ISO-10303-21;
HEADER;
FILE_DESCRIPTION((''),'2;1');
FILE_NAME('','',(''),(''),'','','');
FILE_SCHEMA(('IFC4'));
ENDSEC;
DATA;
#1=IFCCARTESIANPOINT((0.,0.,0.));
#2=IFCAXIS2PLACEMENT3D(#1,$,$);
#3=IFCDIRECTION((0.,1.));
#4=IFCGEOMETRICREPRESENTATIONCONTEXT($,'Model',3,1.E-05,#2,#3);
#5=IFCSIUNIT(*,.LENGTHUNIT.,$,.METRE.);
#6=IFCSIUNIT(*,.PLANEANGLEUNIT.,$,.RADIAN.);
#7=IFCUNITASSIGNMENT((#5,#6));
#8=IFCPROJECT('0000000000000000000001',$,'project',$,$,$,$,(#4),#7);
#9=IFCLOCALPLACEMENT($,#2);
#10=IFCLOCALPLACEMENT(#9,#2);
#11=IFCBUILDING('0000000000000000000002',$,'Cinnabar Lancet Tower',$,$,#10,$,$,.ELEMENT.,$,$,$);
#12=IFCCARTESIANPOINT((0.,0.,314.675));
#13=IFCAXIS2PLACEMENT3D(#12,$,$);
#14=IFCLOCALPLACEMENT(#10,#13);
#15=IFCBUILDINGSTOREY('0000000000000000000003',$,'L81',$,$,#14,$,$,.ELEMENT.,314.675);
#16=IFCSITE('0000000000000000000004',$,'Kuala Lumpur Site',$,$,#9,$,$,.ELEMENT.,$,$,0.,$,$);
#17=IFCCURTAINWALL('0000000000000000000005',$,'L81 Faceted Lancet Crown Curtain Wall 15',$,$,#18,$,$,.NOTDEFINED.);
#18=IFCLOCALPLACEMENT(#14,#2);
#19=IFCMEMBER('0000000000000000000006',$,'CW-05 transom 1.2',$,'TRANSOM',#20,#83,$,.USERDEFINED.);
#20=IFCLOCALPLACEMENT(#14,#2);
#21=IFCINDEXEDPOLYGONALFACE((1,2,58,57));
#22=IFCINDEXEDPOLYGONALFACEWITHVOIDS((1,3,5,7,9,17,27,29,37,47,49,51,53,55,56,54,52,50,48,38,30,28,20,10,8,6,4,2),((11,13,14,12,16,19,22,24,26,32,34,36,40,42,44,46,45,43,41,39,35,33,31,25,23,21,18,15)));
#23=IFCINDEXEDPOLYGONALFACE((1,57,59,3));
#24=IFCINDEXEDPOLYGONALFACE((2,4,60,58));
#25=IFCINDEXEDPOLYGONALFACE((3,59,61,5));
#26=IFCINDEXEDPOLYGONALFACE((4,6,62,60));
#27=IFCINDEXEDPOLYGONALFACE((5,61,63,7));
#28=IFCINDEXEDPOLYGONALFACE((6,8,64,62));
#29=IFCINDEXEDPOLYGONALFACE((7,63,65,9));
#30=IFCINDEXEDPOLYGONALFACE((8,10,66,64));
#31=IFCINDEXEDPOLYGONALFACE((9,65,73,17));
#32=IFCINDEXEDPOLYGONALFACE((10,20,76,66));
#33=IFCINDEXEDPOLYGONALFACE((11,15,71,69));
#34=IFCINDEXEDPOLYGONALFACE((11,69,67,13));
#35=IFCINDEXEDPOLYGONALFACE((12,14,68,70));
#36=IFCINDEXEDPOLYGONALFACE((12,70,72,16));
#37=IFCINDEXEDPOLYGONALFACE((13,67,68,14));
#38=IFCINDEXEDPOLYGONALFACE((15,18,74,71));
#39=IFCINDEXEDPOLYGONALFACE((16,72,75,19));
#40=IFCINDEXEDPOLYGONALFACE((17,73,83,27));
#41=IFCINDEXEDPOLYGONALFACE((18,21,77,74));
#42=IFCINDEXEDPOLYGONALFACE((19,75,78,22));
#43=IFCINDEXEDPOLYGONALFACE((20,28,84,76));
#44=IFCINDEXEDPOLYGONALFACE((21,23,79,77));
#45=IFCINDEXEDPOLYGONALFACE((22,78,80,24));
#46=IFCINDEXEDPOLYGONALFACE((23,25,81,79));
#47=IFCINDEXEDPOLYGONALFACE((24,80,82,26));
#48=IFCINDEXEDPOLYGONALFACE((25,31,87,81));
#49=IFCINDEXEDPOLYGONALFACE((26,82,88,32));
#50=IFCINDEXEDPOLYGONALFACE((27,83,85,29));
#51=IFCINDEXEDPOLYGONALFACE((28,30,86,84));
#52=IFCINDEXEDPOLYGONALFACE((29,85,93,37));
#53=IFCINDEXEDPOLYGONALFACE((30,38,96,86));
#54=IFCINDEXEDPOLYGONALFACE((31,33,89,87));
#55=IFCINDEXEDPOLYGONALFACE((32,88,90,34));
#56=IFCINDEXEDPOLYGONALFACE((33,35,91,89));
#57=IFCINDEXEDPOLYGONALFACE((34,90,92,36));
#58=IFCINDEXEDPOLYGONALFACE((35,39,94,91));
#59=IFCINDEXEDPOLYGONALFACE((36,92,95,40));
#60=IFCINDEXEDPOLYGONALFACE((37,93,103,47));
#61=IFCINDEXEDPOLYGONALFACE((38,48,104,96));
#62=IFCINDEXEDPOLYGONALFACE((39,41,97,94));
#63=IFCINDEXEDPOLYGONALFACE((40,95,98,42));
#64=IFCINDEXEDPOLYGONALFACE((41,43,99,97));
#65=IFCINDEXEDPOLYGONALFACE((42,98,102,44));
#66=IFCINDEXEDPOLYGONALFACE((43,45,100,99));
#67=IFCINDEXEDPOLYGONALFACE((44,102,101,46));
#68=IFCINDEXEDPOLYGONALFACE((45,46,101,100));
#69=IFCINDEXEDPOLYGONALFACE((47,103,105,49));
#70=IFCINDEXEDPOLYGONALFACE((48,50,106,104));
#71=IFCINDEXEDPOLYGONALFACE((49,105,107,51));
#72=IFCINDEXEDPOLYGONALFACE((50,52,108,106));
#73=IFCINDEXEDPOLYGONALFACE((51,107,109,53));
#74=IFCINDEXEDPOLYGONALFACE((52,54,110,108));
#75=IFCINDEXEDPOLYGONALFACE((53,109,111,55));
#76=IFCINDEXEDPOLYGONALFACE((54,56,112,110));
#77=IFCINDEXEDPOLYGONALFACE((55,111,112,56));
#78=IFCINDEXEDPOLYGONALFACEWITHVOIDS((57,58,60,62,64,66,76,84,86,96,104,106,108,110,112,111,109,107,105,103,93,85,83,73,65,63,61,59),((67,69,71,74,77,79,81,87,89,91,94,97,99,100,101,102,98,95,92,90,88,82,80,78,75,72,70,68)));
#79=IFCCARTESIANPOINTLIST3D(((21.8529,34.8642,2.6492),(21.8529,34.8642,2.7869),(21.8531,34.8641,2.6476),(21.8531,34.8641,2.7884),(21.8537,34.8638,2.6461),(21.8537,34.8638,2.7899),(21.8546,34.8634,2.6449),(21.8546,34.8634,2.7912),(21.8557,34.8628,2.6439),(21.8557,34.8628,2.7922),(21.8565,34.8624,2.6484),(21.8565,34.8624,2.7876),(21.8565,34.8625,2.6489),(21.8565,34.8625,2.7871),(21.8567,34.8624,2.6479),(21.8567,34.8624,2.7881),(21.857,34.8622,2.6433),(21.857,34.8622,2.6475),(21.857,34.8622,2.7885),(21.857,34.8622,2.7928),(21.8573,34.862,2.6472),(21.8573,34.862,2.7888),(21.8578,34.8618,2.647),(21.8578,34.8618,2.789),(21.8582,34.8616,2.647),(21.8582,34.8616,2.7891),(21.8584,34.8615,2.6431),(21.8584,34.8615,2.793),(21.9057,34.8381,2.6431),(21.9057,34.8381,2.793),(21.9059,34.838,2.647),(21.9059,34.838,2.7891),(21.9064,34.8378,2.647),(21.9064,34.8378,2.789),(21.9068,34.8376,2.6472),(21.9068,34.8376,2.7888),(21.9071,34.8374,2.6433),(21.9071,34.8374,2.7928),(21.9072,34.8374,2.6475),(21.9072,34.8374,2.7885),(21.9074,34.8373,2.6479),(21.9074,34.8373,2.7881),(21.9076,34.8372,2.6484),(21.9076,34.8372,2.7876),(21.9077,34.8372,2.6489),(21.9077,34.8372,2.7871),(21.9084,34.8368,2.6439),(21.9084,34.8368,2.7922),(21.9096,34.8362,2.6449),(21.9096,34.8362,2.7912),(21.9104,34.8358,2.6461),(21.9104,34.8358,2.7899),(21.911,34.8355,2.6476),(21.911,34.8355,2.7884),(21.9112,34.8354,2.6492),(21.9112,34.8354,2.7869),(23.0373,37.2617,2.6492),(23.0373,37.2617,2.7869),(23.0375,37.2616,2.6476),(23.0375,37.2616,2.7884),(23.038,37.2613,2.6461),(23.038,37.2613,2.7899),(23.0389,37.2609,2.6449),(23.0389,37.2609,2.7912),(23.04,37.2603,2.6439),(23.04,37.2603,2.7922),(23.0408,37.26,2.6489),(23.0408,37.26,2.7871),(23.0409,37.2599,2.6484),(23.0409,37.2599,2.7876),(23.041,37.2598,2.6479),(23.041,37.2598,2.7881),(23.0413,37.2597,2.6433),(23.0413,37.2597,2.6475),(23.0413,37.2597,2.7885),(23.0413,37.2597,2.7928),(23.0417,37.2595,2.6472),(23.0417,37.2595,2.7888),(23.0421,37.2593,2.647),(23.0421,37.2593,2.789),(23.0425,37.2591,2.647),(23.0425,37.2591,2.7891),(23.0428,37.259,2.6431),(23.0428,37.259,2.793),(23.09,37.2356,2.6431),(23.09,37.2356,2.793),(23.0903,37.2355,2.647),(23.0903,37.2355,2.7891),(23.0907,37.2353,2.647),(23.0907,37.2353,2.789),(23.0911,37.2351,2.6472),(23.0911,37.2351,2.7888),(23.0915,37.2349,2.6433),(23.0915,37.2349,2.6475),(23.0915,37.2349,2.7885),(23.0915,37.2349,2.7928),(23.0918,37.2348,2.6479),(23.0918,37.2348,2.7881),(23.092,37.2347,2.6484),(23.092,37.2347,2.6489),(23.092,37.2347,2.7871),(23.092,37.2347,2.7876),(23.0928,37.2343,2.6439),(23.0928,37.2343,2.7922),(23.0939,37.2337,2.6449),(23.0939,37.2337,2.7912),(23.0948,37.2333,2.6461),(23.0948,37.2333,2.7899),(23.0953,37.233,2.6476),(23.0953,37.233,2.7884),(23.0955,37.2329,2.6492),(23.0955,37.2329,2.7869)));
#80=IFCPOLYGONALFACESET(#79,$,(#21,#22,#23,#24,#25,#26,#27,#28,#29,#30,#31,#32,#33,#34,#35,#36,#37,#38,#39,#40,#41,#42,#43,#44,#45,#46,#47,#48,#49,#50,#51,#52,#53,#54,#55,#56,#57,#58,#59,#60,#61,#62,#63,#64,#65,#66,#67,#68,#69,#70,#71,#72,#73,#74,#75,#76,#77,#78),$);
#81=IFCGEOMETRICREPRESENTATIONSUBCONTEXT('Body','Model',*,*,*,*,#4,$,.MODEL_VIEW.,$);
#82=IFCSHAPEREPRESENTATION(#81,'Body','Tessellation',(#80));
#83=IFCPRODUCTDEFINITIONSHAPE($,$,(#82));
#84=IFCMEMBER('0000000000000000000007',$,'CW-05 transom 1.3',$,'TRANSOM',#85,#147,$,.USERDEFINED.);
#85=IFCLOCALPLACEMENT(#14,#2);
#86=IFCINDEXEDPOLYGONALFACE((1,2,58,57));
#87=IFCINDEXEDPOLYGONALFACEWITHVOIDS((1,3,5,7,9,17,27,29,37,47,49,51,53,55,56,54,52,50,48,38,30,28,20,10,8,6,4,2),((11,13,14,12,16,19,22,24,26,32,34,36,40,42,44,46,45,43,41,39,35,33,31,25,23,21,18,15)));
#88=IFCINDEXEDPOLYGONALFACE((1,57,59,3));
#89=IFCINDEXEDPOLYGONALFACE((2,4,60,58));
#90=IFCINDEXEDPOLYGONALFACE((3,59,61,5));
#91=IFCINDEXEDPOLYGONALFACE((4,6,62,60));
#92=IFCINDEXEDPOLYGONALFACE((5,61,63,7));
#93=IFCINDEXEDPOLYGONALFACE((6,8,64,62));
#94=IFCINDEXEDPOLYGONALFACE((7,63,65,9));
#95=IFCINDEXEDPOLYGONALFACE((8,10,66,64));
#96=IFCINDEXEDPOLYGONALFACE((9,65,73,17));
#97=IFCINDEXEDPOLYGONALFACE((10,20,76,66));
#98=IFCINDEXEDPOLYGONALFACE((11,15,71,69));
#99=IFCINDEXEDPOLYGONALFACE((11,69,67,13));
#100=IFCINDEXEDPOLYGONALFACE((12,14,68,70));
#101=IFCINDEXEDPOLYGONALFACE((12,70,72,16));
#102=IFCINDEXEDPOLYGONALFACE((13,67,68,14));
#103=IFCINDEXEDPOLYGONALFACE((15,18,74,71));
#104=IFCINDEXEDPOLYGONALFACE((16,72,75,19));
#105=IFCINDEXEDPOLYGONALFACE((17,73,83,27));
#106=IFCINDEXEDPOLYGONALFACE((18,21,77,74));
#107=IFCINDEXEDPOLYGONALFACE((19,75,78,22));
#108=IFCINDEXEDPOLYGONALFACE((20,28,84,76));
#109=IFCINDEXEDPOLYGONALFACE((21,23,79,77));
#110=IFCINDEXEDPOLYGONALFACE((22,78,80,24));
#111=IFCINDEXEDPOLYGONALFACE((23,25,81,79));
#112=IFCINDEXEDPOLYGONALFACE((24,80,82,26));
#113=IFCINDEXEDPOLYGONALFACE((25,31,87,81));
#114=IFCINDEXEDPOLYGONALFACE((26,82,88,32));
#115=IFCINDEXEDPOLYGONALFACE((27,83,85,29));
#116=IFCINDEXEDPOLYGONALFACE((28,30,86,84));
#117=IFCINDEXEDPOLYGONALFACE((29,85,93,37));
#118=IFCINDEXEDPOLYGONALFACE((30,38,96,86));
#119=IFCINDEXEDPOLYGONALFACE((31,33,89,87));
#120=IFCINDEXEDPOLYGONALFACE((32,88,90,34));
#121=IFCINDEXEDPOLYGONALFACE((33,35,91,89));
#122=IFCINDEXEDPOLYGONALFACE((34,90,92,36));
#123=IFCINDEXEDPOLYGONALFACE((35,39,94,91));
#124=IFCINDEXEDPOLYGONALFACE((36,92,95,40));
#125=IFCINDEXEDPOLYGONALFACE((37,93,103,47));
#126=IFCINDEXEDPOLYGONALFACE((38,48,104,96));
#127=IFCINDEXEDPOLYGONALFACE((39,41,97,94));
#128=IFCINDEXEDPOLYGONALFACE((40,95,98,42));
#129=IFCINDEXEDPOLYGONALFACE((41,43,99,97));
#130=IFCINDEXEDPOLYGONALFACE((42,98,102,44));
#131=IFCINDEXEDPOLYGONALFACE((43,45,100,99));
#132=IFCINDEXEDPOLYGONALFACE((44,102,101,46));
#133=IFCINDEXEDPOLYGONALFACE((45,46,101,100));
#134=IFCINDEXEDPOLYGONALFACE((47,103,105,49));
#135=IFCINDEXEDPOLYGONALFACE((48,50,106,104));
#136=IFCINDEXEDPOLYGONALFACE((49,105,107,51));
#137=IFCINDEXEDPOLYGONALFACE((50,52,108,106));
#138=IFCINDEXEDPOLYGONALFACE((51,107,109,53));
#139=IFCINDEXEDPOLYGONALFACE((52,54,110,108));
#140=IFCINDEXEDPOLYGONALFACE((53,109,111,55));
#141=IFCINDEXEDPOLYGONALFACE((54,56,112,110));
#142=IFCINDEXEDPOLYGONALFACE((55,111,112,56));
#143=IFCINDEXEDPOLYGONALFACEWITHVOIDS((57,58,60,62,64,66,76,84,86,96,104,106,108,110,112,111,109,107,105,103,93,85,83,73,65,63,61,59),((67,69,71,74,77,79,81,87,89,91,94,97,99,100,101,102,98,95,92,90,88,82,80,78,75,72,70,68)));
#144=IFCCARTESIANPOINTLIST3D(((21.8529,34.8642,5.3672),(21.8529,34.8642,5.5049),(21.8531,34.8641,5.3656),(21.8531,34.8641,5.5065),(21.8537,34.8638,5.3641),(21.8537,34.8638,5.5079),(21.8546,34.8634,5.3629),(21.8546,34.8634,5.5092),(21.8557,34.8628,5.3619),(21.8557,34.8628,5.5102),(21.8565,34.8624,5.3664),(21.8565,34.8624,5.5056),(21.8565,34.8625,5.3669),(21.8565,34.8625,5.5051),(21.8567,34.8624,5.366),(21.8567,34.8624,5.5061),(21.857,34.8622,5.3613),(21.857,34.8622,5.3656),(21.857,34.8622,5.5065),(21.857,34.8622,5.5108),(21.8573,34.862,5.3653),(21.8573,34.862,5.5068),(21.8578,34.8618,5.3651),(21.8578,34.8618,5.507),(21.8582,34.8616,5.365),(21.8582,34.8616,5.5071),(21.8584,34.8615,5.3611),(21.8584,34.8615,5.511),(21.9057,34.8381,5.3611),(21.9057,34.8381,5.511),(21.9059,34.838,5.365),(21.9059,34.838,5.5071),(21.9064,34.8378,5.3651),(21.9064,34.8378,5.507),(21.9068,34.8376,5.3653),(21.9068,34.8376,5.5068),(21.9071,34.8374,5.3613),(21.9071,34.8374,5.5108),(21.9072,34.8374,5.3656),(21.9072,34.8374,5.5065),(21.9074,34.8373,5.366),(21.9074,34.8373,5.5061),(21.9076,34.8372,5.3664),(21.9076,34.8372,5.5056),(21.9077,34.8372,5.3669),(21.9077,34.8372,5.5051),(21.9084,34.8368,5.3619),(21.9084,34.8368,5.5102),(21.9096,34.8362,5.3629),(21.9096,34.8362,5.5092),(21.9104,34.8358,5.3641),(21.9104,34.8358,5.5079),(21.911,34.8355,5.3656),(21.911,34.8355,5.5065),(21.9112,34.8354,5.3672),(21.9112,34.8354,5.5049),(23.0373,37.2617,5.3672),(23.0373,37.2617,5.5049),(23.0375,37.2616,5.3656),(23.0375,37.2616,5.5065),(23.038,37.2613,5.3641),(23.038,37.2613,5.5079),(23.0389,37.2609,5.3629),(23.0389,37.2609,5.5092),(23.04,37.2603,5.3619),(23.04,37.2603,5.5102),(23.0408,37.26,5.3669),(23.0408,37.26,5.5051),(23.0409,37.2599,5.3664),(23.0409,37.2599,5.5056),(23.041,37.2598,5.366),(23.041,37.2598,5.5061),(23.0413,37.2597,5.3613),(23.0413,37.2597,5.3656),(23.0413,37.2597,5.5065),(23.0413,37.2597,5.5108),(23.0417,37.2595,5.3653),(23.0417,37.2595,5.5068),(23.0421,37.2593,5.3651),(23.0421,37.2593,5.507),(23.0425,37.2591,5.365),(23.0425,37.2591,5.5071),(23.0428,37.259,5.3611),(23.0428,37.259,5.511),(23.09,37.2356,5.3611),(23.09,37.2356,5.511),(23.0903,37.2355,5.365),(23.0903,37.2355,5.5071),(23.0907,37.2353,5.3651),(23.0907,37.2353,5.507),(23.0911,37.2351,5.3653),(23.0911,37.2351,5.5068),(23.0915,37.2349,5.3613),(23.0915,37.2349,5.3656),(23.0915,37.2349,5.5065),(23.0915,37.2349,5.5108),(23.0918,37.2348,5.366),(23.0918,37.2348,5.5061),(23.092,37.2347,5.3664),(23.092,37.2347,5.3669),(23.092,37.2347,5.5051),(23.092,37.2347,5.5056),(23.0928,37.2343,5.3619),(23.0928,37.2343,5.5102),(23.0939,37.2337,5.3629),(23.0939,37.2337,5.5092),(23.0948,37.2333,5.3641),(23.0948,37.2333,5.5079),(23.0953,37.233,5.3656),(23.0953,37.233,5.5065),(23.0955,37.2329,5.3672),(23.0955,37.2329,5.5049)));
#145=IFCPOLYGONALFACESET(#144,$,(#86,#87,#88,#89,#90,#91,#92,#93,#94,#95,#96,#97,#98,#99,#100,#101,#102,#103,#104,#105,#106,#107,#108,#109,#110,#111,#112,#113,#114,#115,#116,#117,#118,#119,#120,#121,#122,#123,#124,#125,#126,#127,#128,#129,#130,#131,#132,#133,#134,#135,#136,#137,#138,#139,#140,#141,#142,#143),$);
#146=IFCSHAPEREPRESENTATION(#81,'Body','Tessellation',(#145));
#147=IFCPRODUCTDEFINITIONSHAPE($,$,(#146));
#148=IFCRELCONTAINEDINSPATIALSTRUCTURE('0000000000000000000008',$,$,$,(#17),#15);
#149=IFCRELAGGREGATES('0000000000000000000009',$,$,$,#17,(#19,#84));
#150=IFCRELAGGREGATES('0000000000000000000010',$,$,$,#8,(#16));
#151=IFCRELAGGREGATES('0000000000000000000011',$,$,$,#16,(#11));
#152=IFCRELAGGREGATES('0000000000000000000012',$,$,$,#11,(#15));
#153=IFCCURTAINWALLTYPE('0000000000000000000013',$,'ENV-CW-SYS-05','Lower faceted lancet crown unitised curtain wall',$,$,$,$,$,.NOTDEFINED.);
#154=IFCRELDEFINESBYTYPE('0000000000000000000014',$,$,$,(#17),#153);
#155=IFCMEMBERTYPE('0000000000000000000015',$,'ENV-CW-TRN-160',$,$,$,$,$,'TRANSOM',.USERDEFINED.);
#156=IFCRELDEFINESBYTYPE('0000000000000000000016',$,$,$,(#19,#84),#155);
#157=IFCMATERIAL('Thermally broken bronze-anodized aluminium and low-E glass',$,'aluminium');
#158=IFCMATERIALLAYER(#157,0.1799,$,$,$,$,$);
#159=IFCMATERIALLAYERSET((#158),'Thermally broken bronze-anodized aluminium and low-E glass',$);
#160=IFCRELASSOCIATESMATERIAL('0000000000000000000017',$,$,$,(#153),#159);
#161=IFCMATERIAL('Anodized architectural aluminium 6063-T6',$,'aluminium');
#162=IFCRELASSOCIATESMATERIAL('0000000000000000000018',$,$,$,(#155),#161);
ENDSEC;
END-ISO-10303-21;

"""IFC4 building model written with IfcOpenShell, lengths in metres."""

from ifc_helpers import new_model, si_unit, direction, frame, origin, origin_2d, place, context, subcontext, project, spatial, hollow_rectangle, extrude, material, layer, layer_set, material_profile, profile_set, type_object, element, aggregate, save


model = new_model("IFC4")

# Units and contexts
model_context = context("Model", 3, precision=1e-05, world=origin(), true_north=direction((0.0, 1.0)))
body_context = subcontext(model_context, "Body", "Model", "MODEL_VIEW")
ifc_project = project(units=[si_unit("LENGTHUNIT", "METRE"), si_unit("PLANEANGLEUNIT", "RADIAN")], contexts=[model_context])

# Site, building, storey
site_placement = place(None, origin())
site = spatial("IfcSite", under=ifc_project, at=site_placement, Name="Kuala Lumpur Site", CompositionType="ELEMENT", RefElevation=0.0)
building_placement = place(site_placement, origin())
building = spatial("IfcBuilding", under=site, at=building_placement, Name="Cinnabar Lancet Tower", CompositionType="ELEMENT")
storey_placement = place(building_placement, frame((0.0, 0.0, 314.675)))
storey = spatial("IfcBuildingStorey", under=building, at=storey_placement, Name="L81", CompositionType="ELEMENT", Elevation=314.675)

# Shared definitions
ifc_material_1 = material(Name="Thermally broken bronze-anodized aluminium and low-E glass", Category="aluminium")
ifc_layer_1 = layer(ifc_material_1, 0.1799)
ifc_layer_set_1 = layer_set([ifc_layer_1], Name="Thermally broken bronze-anodized aluminium and low-E glass")
curtain_wall_type = type_object("IfcCurtainWallType", Name="ENV-CW-SYS-05", Description="Lower faceted lancet crown unitised curtain wall", PredefinedType="NOTDEFINED", material=ifc_layer_set_1)

# Curtain wall, members
curtain_wall_1_placement = place(storey_placement, origin())
curtain_wall_1 = element("IfcCurtainWall", 1, at=curtain_wall_1_placement, inside=storey, type_object=curtain_wall_type, Name="L81 Faceted Lancet Crown Curtain Wall 15", PredefinedType="NOTDEFINED")
ifc_material_2 = material(Name="Anodized architectural aluminium 6063-T6", Category="aluminium")
ifc_material_profile_1 = material_profile(ifc_material_2, hollow_rectangle(XDim=0.0649, YDim=0.1499, WallThickness=0.0039, InnerFilletRadius=0.002, OuterFilletRadius=0.0061, at=origin_2d()), Name="CW-TRN 150x65x4")
ifc_profile_set_1 = profile_set([ifc_material_profile_1], Name="Anodized architectural aluminium 6063-T6")
member_type_1 = type_object("IfcMemberType", Name="ENV-CW-TRN-160", ElementType="TRANSOM", PredefinedType="USERDEFINED", material=ifc_profile_set_1)
member_1_placement = place(storey_placement, frame((23.0664, 37.2473, 2.718), z_axis=(-0.442899, -0.896572, 0.0), x_axis=(0.896572, -0.442899, 0.0)))
member_1 = element("IfcMember", 2, at=member_1_placement, type_object=member_type_1, Name="CW-05 transom 1.2", ObjectType="TRANSOM", PredefinedType="USERDEFINED", context=body_context, shape_type="SweptSolid", body=[
    extrude(hollow_rectangle(XDim=0.0649, YDim=0.1499, WallThickness=0.0039, InnerFilletRadius=0.002, OuterFilletRadius=0.0061, at=origin_2d()), origin(), (0.0, 0.0, 1.0), 2.6741),
])
member_2_placement = place(storey_placement, frame((23.0664, 37.2473, 5.436), z_axis=(-0.442899, -0.896572, 0.0), x_axis=(0.896572, -0.442899, 0.0)))
member_2 = element("IfcMember", 3, at=member_2_placement, type_object=member_type_1, Name="CW-05 transom 1.3", ObjectType="TRANSOM", PredefinedType="USERDEFINED", context=body_context, shape_type="SweptSolid", body=[
    extrude(hollow_rectangle(XDim=0.0649, YDim=0.1499, WallThickness=0.0039, InnerFilletRadius=0.002, OuterFilletRadius=0.0061, at=origin_2d()), origin(), (0.0, 0.0, 1.0), 2.6741),
])
aggregate(curtain_wall_1, [member_1, member_2])

save(model, "model.ifc")
